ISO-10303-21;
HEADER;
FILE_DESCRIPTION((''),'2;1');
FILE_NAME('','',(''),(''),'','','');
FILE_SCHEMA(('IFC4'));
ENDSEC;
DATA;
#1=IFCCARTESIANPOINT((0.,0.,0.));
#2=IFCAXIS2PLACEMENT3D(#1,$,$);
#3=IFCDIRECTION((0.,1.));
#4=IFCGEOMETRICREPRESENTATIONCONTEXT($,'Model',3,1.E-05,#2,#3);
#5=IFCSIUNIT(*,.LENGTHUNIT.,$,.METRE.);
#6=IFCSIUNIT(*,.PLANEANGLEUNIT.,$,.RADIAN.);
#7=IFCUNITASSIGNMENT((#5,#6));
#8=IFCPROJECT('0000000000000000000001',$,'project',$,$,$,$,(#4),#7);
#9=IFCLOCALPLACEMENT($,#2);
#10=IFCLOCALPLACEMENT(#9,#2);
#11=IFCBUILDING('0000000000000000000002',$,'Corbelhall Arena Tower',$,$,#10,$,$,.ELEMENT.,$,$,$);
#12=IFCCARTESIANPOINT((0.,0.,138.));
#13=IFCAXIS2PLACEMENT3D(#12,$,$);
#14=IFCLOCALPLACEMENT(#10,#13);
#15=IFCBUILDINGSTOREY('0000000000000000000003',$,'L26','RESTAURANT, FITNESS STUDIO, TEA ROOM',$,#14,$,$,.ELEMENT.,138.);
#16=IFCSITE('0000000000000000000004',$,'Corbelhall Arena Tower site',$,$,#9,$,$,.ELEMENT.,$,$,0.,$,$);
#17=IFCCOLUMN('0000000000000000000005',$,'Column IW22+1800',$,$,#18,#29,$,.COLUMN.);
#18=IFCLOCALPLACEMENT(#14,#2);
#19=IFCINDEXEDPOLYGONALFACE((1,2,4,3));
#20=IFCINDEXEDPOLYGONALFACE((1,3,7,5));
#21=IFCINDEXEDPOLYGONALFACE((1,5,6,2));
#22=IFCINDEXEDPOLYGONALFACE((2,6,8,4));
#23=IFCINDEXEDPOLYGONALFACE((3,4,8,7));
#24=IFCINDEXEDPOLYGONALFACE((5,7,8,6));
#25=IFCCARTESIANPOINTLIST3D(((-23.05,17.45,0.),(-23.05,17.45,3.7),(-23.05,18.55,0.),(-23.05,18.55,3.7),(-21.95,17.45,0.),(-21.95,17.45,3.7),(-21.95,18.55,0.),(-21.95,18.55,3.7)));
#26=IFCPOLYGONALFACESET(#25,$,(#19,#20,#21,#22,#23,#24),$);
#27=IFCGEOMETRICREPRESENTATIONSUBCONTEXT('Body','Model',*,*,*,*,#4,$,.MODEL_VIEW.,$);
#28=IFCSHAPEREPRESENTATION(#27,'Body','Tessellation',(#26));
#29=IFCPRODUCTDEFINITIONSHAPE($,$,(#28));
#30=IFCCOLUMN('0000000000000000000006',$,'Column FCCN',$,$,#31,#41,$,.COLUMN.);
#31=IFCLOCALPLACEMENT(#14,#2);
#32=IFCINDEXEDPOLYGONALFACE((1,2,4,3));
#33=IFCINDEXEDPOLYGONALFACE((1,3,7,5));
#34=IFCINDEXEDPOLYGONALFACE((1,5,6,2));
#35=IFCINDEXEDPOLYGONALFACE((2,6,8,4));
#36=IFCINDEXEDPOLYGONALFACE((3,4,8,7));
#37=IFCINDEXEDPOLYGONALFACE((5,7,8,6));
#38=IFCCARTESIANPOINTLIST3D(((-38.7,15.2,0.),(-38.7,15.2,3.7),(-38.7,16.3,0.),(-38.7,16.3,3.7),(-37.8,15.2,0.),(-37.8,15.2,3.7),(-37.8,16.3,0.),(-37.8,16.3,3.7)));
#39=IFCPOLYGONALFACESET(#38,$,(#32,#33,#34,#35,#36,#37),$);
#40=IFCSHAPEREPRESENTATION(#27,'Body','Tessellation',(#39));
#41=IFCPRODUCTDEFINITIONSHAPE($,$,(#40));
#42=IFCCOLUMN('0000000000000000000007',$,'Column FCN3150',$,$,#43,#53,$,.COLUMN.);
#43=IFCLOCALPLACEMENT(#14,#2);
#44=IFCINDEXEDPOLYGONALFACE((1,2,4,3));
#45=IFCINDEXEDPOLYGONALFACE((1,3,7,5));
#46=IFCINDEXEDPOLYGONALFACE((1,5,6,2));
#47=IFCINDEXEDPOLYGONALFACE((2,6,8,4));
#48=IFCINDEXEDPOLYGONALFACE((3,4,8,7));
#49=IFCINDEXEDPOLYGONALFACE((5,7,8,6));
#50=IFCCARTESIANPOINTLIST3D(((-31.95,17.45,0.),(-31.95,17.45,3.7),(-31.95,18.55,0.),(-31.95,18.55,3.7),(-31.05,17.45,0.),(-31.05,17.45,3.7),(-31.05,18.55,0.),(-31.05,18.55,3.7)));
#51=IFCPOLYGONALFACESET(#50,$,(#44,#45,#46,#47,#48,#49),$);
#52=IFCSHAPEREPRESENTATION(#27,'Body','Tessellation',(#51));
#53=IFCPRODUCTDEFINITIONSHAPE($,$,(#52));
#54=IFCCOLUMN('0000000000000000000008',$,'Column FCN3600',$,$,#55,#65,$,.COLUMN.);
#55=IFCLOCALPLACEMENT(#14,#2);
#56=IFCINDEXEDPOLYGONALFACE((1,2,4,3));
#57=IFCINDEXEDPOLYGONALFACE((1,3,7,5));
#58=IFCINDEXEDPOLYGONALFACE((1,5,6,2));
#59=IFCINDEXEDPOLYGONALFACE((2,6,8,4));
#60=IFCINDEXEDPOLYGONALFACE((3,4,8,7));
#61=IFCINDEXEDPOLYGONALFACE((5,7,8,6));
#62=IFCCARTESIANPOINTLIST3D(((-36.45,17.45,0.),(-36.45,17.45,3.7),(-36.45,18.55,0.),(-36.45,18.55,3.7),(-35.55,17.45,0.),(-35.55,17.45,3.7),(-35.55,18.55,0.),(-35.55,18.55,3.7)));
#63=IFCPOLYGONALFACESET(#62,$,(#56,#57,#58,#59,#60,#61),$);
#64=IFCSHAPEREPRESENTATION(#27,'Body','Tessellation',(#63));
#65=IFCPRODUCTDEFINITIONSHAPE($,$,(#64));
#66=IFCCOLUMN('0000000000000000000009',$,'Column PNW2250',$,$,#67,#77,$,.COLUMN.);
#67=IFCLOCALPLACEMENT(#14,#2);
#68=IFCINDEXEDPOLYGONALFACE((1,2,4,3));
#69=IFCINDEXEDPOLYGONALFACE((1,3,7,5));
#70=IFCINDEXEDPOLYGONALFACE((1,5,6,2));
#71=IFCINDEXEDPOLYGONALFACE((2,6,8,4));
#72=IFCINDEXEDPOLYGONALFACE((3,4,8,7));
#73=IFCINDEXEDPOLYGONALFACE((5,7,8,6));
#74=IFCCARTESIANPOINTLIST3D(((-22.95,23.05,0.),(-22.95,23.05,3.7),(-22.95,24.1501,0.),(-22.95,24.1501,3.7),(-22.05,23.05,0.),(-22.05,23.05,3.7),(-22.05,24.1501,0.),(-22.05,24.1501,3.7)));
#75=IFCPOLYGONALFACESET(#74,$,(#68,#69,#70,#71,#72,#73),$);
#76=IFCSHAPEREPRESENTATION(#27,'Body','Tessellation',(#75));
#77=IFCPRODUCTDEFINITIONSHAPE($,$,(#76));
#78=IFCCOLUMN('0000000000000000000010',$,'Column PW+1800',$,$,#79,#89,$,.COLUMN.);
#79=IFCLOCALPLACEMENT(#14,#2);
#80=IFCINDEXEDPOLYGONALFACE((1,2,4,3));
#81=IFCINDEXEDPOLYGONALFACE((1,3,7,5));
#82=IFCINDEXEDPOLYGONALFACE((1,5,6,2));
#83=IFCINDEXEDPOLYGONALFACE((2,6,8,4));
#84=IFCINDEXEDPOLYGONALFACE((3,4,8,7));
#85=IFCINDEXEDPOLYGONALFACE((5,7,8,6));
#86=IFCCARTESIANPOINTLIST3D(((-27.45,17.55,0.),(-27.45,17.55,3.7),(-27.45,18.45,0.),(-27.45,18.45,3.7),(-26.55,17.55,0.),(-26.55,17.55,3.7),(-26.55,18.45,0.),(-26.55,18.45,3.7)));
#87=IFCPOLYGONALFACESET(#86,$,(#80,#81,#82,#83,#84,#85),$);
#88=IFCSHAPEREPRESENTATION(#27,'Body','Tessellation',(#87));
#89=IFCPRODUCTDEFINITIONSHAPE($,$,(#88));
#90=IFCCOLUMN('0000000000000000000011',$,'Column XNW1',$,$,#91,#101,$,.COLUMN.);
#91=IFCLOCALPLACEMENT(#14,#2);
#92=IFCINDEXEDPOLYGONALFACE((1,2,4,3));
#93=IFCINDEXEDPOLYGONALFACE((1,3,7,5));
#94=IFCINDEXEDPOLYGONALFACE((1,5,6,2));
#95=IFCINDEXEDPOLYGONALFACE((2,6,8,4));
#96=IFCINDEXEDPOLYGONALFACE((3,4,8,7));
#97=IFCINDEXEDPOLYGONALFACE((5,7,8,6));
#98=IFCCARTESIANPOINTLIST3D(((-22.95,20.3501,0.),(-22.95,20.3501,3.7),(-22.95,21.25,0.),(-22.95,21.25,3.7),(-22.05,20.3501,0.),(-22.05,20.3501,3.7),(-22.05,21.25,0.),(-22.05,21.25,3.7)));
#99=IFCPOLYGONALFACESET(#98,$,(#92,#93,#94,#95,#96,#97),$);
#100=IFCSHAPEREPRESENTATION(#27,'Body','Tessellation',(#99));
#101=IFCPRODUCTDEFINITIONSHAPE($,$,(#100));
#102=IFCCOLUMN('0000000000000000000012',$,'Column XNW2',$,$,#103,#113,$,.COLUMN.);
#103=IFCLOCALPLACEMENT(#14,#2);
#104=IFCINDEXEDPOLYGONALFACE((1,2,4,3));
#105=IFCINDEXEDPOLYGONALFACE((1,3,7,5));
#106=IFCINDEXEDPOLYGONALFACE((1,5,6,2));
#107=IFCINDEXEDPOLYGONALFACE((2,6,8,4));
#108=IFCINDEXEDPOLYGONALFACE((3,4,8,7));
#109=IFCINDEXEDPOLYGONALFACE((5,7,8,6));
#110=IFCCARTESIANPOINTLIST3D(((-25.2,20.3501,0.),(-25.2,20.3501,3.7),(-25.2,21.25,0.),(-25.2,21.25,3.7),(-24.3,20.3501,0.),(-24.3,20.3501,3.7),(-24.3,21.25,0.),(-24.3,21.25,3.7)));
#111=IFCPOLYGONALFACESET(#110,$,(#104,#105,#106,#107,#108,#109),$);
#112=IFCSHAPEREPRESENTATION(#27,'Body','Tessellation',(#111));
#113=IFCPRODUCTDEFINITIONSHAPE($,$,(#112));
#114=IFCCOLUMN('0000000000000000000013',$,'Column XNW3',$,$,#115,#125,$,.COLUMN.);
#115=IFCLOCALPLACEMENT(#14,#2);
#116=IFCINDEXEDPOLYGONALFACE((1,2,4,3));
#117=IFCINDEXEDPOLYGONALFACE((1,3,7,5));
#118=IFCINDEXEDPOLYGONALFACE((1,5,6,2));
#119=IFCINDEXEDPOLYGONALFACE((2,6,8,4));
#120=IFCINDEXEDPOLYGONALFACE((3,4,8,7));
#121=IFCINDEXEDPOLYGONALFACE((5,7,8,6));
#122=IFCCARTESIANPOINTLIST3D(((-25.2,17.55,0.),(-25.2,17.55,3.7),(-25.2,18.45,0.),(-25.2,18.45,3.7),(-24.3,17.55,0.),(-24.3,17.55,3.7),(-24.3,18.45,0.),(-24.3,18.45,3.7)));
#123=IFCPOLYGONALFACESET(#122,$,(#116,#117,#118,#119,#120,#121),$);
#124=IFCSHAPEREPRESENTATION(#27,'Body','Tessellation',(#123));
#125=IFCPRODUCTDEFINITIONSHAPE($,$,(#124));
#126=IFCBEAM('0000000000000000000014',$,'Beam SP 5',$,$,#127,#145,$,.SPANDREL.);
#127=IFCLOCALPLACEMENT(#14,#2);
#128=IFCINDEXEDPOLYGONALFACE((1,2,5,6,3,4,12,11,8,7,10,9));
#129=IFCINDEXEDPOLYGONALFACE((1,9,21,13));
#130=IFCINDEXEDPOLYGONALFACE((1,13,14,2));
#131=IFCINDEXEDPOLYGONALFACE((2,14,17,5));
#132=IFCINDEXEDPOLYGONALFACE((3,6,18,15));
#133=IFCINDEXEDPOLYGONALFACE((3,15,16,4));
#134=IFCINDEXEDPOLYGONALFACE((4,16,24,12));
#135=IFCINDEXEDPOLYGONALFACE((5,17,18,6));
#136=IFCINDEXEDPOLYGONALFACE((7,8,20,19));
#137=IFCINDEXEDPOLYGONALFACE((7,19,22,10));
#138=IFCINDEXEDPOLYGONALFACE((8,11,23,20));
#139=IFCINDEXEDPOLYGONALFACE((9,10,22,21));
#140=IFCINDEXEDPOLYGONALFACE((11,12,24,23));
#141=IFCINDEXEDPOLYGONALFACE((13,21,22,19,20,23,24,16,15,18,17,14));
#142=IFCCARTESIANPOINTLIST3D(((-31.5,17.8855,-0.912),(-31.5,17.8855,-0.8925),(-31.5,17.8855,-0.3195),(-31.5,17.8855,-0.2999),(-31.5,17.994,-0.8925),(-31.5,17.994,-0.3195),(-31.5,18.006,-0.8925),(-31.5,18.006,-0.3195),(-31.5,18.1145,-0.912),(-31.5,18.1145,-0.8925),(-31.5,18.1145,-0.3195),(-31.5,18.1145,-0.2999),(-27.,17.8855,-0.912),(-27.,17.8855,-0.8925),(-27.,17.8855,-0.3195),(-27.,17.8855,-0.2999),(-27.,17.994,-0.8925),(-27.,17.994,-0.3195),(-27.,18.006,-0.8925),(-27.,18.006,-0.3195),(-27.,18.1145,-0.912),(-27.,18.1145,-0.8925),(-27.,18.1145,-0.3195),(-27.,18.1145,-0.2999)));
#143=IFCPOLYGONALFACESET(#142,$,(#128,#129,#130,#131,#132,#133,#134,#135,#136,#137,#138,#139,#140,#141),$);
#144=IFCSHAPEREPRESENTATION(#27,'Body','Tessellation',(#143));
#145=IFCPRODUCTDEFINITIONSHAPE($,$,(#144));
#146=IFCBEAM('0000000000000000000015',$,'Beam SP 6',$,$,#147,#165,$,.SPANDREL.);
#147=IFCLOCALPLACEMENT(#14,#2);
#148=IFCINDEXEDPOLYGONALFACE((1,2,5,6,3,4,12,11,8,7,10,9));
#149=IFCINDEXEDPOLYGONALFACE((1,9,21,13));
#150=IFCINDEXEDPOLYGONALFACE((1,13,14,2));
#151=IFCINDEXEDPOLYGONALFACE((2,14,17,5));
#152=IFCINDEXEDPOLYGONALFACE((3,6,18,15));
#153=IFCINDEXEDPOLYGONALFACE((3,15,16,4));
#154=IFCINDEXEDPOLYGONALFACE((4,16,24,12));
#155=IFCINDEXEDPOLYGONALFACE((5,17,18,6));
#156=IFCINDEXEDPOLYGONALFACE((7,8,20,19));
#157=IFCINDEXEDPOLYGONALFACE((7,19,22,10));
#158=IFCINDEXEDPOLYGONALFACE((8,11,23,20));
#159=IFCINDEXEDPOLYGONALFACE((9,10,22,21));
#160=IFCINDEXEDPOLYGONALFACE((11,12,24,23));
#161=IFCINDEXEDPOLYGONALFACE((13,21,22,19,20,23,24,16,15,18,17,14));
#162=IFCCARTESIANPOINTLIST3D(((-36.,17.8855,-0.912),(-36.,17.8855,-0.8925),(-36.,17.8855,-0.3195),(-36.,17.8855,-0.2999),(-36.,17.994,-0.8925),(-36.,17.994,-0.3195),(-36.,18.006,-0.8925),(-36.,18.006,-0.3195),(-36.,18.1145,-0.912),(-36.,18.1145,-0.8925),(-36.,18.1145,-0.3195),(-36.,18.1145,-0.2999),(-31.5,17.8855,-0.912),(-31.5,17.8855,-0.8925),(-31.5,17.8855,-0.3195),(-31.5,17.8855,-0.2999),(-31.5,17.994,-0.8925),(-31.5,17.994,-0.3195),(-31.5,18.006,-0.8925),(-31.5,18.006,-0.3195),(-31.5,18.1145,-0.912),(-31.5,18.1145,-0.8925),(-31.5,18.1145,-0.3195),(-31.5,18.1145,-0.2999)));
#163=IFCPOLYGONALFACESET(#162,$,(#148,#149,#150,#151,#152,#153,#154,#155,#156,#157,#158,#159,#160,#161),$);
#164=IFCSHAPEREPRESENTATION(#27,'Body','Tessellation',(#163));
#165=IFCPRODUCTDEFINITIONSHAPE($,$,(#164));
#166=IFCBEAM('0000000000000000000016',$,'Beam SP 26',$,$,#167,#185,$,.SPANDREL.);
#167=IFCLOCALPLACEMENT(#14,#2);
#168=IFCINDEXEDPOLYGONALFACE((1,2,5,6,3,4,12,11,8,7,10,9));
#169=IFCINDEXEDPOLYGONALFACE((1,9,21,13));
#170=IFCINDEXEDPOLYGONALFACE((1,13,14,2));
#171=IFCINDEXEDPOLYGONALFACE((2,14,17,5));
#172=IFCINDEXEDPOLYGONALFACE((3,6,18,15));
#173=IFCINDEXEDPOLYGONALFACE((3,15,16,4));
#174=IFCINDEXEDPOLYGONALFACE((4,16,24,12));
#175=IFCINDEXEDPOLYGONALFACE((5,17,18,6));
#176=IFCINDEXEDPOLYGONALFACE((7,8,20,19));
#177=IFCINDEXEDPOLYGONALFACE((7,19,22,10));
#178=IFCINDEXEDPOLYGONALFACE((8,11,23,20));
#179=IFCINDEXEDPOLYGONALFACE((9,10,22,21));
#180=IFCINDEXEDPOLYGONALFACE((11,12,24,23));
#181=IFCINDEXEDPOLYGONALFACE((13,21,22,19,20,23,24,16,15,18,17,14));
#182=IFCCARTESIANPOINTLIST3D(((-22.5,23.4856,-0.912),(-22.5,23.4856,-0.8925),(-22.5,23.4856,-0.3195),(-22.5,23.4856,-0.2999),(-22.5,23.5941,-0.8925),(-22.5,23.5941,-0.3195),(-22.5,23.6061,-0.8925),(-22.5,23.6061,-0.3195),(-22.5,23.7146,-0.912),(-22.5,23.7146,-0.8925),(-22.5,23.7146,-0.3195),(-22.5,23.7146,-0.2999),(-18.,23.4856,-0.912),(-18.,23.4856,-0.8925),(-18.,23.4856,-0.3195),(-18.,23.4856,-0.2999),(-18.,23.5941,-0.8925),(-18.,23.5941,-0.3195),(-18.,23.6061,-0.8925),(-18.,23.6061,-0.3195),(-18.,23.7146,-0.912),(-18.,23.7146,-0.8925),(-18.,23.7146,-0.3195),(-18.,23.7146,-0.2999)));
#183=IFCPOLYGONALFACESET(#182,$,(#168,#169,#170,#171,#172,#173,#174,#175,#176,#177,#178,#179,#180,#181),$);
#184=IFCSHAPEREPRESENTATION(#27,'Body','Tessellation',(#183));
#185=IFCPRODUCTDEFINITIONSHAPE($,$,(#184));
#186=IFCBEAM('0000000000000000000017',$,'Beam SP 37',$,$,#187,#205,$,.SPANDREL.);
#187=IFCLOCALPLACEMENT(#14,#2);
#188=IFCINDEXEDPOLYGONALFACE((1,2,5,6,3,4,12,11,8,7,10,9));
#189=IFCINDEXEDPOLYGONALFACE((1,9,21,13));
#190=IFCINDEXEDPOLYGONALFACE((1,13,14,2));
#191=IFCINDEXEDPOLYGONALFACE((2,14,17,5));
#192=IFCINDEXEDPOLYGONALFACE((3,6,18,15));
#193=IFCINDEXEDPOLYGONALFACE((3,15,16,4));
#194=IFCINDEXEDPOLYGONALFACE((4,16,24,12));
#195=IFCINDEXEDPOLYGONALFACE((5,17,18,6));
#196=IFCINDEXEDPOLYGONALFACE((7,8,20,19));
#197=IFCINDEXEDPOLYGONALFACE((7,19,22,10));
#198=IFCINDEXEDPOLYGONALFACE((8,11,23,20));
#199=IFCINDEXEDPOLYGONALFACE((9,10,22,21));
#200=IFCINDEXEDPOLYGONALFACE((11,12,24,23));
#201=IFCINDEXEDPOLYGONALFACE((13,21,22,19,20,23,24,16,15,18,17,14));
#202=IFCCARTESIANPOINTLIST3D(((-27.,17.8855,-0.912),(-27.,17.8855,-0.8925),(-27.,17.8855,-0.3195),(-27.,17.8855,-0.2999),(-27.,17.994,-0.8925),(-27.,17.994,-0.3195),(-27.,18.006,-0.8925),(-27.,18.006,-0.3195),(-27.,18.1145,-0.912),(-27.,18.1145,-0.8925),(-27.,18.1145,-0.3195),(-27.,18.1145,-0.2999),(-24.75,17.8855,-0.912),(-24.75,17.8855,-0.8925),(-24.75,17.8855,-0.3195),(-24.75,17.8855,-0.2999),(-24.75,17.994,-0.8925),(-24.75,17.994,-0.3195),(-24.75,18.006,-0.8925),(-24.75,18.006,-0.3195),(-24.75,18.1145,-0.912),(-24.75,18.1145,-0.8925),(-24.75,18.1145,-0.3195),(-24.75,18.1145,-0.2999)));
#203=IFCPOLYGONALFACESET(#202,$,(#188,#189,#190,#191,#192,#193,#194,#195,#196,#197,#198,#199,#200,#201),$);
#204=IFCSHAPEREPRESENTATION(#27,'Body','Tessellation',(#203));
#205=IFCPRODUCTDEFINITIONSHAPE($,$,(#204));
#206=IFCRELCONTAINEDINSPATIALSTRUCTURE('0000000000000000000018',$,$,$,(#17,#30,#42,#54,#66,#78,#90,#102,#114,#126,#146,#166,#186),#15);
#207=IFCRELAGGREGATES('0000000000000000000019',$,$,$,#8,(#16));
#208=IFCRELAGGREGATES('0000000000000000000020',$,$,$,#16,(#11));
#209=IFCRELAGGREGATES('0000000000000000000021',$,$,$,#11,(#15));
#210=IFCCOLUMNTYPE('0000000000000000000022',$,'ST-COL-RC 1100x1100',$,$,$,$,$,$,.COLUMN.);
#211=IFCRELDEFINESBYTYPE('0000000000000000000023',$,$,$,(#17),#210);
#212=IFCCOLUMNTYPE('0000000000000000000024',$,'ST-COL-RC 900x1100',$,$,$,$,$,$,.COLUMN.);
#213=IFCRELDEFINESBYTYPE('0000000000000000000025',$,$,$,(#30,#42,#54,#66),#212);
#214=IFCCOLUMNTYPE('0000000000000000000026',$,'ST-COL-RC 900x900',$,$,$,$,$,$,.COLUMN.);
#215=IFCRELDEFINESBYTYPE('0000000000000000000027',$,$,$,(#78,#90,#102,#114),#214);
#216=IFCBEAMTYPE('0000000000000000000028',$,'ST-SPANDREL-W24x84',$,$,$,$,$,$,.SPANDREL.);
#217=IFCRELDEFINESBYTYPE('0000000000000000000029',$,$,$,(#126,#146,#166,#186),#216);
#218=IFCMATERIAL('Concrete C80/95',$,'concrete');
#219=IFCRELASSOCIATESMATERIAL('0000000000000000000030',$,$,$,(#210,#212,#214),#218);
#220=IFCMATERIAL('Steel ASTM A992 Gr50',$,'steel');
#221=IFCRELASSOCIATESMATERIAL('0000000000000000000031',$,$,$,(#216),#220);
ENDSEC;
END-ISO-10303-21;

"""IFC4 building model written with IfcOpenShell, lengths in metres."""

from ifc_helpers import new_model, si_unit, direction, frame, origin, origin_2d, place, context, subcontext, project, spatial, rectangle, i_section, extrude, material, material_profile, profile_set, type_object, element, save


model = new_model("IFC4")

# Units and contexts
model_context = context("Model", 3, precision=1e-05, world=origin(), true_north=direction((0.0, 1.0)))
body_context = subcontext(model_context, "Body", "Model", "MODEL_VIEW")
ifc_project = project(units=[si_unit("LENGTHUNIT", "METRE"), si_unit("PLANEANGLEUNIT", "RADIAN")], contexts=[model_context])

# Site, building, storey
site_placement = place(None, origin())
site = spatial("IfcSite", under=ifc_project, at=site_placement, Name="Corbelhall Arena Tower site", CompositionType="ELEMENT", RefElevation=0.0)
building_placement = place(site_placement, origin())
building = spatial("IfcBuilding", under=site, at=building_placement, Name="Corbelhall Arena Tower", CompositionType="ELEMENT")
storey_placement = place(building_placement, frame((0.0, 0.0, 138.0)))
storey = spatial("IfcBuildingStorey", under=building, at=storey_placement, Name="L26", Description="RESTAURANT, FITNESS STUDIO, TEA ROOM", CompositionType="ELEMENT", Elevation=138.0)

# Columns
ifc_material_1 = material(Name="Concrete C80/95", Category="concrete")
ifc_material_profile_1 = material_profile(ifc_material_1, rectangle(XDim=1.1001, YDim=1.1001, at=origin_2d()))
ifc_profile_set_1 = profile_set([ifc_material_profile_1], Name="Concrete C80/95")
column_type_1 = type_object("IfcColumnType", Name="ST-COL-RC 1100x1100", PredefinedType="COLUMN", material=ifc_profile_set_1)
column_placement = place(storey_placement, frame((-22.5, 18.0, 0.0), z_axis=(0.0, 0.0, 1.0), x_axis=(1.0, 0.0, 0.0)))
element("IfcColumn", 1, at=column_placement, inside=storey, type_object=column_type_1, Name="Column IW22+1800", PredefinedType="COLUMN", context=body_context, shape_type="SweptSolid", body=[
    extrude(rectangle(XDim=1.1001, YDim=1.1001, at=origin_2d()), origin(), (0.0, 0.0, 1.0), 3.7),
])
ifc_material_profile_2 = material_profile(ifc_material_1, rectangle(XDim=0.8999, YDim=1.1001, at=origin_2d()))
ifc_profile_set_2 = profile_set([ifc_material_profile_2], Name="Concrete C80/95")
column_type_2 = type_object("IfcColumnType", Name="ST-COL-RC 900x1100", PredefinedType="COLUMN", material=ifc_profile_set_2)
for number, where, z_axis, x_axis, name in (
    (2, (-38.25, 15.75, 0.0), (0.0, 0.0, 1.0), (1.0, 0.0, 0.0), "Column FCCN"),
    (3, (-31.5, 18.0, 0.0), (0.0, 0.0, 1.0), (1.0, 0.0, 0.0), "Column FCN3150"),
    (4, (-36.0, 18.0, 0.0), (0.0, 0.0, 1.0), (1.0, 0.0, 0.0), "Column FCN3600"),
    (5, (-22.5, 23.6001, 0.0), (0.0, 0.0, 1.0), (1.0, 0.0, 0.0), "Column PNW2250"),
):
    element("IfcColumn", number, at=place(storey_placement, frame(where, z_axis=z_axis, x_axis=x_axis)), inside=storey, type_object=column_type_2, Name=name, PredefinedType="COLUMN", context=body_context, shape_type="SweptSolid", body=[
        extrude(rectangle(XDim=0.8999, YDim=1.1001, at=origin_2d()), origin(), (0.0, 0.0, 1.0), 3.7),
    ])
ifc_material_profile_3 = material_profile(ifc_material_1, rectangle(XDim=0.8999, YDim=0.8999, at=origin_2d()))
ifc_profile_set_3 = profile_set([ifc_material_profile_3], Name="Concrete C80/95")
column_type_3 = type_object("IfcColumnType", Name="ST-COL-RC 900x900", PredefinedType="COLUMN", material=ifc_profile_set_3)
for number, where, z_axis, x_axis, name in (
    (6, (-27.0, 18.0, 0.0), (0.0, 0.0, 1.0), (1.0, 0.0, 0.0), "Column PW+1800"),
    (7, (-22.5, 20.8, 0.0), (0.0, 0.0, 1.0), (1.0, 0.0, 0.0), "Column XNW1"),
    (8, (-24.75, 20.8, 0.0), (0.0, 0.0, 1.0), (1.0, 0.0, 0.0), "Column XNW2"),
    (9, (-24.75, 18.0, 0.0), (0.0, 0.0, 1.0), (1.0, 0.0, 0.0), "Column XNW3"),
):
    element("IfcColumn", number, at=place(storey_placement, frame(where, z_axis=z_axis, x_axis=x_axis)), inside=storey, type_object=column_type_3, Name=name, PredefinedType="COLUMN", context=body_context, shape_type="SweptSolid", body=[
        extrude(rectangle(XDim=0.8999, YDim=0.8999, at=origin_2d()), origin(), (0.0, 0.0, 1.0), 3.7),
    ])

# Beams
ifc_material_2 = material(Name="Steel ASTM A992 Gr50", Category="steel")
ifc_material_profile_4 = material_profile(ifc_material_2, i_section(OverallWidth=0.229, OverallDepth=0.6121, WebThickness=0.012, FlangeThickness=0.0195, at=origin_2d()))
ifc_profile_set_4 = profile_set([ifc_material_profile_4], Name="Steel ASTM A992 Gr50")
beam_type = type_object("IfcBeamType", Name="ST-SPANDREL-W24x84", PredefinedType="SPANDREL", material=ifc_profile_set_4)
for number, where, z_axis, x_axis, name in (
    (10, (-31.5, 18.0, -0.606), (1.0, 0.0, 0.0), (0.0, 1.0, 0.0), "Beam SP 5"),
    (11, (-36.0, 18.0, -0.606), (1.0, 0.0, 0.0), (0.0, 1.0, 0.0), "Beam SP 6"),
    (12, (-22.5, 23.6001, -0.606), (1.0, 0.0, 0.0), (0.0, 1.0, 0.0), "Beam SP 26"),
):
    element("IfcBeam", number, at=place(storey_placement, frame(where, z_axis=z_axis, x_axis=x_axis)), inside=storey, type_object=beam_type, Name=name, PredefinedType="SPANDREL", context=body_context, shape_type="SweptSolid", body=[
        extrude(i_section(OverallWidth=0.229, OverallDepth=0.6121, WebThickness=0.012, FlangeThickness=0.0195, at=origin_2d()), origin(), (0.0, 0.0, 1.0), 4.5),
    ])
beam_1_placement = place(storey_placement, frame((-27.0, 18.0, -0.606), z_axis=(1.0, 0.0, 0.0), x_axis=(0.0, 1.0, 0.0)))
element("IfcBeam", 13, at=beam_1_placement, inside=storey, type_object=beam_type, Name="Beam SP 37", PredefinedType="SPANDREL", context=body_context, shape_type="SweptSolid", body=[
    extrude(i_section(OverallWidth=0.229, OverallDepth=0.6121, WebThickness=0.012, FlangeThickness=0.0195, at=origin_2d()), origin(), (0.0, 0.0, 1.0), 2.25),
])

save(model, "model.ifc")
